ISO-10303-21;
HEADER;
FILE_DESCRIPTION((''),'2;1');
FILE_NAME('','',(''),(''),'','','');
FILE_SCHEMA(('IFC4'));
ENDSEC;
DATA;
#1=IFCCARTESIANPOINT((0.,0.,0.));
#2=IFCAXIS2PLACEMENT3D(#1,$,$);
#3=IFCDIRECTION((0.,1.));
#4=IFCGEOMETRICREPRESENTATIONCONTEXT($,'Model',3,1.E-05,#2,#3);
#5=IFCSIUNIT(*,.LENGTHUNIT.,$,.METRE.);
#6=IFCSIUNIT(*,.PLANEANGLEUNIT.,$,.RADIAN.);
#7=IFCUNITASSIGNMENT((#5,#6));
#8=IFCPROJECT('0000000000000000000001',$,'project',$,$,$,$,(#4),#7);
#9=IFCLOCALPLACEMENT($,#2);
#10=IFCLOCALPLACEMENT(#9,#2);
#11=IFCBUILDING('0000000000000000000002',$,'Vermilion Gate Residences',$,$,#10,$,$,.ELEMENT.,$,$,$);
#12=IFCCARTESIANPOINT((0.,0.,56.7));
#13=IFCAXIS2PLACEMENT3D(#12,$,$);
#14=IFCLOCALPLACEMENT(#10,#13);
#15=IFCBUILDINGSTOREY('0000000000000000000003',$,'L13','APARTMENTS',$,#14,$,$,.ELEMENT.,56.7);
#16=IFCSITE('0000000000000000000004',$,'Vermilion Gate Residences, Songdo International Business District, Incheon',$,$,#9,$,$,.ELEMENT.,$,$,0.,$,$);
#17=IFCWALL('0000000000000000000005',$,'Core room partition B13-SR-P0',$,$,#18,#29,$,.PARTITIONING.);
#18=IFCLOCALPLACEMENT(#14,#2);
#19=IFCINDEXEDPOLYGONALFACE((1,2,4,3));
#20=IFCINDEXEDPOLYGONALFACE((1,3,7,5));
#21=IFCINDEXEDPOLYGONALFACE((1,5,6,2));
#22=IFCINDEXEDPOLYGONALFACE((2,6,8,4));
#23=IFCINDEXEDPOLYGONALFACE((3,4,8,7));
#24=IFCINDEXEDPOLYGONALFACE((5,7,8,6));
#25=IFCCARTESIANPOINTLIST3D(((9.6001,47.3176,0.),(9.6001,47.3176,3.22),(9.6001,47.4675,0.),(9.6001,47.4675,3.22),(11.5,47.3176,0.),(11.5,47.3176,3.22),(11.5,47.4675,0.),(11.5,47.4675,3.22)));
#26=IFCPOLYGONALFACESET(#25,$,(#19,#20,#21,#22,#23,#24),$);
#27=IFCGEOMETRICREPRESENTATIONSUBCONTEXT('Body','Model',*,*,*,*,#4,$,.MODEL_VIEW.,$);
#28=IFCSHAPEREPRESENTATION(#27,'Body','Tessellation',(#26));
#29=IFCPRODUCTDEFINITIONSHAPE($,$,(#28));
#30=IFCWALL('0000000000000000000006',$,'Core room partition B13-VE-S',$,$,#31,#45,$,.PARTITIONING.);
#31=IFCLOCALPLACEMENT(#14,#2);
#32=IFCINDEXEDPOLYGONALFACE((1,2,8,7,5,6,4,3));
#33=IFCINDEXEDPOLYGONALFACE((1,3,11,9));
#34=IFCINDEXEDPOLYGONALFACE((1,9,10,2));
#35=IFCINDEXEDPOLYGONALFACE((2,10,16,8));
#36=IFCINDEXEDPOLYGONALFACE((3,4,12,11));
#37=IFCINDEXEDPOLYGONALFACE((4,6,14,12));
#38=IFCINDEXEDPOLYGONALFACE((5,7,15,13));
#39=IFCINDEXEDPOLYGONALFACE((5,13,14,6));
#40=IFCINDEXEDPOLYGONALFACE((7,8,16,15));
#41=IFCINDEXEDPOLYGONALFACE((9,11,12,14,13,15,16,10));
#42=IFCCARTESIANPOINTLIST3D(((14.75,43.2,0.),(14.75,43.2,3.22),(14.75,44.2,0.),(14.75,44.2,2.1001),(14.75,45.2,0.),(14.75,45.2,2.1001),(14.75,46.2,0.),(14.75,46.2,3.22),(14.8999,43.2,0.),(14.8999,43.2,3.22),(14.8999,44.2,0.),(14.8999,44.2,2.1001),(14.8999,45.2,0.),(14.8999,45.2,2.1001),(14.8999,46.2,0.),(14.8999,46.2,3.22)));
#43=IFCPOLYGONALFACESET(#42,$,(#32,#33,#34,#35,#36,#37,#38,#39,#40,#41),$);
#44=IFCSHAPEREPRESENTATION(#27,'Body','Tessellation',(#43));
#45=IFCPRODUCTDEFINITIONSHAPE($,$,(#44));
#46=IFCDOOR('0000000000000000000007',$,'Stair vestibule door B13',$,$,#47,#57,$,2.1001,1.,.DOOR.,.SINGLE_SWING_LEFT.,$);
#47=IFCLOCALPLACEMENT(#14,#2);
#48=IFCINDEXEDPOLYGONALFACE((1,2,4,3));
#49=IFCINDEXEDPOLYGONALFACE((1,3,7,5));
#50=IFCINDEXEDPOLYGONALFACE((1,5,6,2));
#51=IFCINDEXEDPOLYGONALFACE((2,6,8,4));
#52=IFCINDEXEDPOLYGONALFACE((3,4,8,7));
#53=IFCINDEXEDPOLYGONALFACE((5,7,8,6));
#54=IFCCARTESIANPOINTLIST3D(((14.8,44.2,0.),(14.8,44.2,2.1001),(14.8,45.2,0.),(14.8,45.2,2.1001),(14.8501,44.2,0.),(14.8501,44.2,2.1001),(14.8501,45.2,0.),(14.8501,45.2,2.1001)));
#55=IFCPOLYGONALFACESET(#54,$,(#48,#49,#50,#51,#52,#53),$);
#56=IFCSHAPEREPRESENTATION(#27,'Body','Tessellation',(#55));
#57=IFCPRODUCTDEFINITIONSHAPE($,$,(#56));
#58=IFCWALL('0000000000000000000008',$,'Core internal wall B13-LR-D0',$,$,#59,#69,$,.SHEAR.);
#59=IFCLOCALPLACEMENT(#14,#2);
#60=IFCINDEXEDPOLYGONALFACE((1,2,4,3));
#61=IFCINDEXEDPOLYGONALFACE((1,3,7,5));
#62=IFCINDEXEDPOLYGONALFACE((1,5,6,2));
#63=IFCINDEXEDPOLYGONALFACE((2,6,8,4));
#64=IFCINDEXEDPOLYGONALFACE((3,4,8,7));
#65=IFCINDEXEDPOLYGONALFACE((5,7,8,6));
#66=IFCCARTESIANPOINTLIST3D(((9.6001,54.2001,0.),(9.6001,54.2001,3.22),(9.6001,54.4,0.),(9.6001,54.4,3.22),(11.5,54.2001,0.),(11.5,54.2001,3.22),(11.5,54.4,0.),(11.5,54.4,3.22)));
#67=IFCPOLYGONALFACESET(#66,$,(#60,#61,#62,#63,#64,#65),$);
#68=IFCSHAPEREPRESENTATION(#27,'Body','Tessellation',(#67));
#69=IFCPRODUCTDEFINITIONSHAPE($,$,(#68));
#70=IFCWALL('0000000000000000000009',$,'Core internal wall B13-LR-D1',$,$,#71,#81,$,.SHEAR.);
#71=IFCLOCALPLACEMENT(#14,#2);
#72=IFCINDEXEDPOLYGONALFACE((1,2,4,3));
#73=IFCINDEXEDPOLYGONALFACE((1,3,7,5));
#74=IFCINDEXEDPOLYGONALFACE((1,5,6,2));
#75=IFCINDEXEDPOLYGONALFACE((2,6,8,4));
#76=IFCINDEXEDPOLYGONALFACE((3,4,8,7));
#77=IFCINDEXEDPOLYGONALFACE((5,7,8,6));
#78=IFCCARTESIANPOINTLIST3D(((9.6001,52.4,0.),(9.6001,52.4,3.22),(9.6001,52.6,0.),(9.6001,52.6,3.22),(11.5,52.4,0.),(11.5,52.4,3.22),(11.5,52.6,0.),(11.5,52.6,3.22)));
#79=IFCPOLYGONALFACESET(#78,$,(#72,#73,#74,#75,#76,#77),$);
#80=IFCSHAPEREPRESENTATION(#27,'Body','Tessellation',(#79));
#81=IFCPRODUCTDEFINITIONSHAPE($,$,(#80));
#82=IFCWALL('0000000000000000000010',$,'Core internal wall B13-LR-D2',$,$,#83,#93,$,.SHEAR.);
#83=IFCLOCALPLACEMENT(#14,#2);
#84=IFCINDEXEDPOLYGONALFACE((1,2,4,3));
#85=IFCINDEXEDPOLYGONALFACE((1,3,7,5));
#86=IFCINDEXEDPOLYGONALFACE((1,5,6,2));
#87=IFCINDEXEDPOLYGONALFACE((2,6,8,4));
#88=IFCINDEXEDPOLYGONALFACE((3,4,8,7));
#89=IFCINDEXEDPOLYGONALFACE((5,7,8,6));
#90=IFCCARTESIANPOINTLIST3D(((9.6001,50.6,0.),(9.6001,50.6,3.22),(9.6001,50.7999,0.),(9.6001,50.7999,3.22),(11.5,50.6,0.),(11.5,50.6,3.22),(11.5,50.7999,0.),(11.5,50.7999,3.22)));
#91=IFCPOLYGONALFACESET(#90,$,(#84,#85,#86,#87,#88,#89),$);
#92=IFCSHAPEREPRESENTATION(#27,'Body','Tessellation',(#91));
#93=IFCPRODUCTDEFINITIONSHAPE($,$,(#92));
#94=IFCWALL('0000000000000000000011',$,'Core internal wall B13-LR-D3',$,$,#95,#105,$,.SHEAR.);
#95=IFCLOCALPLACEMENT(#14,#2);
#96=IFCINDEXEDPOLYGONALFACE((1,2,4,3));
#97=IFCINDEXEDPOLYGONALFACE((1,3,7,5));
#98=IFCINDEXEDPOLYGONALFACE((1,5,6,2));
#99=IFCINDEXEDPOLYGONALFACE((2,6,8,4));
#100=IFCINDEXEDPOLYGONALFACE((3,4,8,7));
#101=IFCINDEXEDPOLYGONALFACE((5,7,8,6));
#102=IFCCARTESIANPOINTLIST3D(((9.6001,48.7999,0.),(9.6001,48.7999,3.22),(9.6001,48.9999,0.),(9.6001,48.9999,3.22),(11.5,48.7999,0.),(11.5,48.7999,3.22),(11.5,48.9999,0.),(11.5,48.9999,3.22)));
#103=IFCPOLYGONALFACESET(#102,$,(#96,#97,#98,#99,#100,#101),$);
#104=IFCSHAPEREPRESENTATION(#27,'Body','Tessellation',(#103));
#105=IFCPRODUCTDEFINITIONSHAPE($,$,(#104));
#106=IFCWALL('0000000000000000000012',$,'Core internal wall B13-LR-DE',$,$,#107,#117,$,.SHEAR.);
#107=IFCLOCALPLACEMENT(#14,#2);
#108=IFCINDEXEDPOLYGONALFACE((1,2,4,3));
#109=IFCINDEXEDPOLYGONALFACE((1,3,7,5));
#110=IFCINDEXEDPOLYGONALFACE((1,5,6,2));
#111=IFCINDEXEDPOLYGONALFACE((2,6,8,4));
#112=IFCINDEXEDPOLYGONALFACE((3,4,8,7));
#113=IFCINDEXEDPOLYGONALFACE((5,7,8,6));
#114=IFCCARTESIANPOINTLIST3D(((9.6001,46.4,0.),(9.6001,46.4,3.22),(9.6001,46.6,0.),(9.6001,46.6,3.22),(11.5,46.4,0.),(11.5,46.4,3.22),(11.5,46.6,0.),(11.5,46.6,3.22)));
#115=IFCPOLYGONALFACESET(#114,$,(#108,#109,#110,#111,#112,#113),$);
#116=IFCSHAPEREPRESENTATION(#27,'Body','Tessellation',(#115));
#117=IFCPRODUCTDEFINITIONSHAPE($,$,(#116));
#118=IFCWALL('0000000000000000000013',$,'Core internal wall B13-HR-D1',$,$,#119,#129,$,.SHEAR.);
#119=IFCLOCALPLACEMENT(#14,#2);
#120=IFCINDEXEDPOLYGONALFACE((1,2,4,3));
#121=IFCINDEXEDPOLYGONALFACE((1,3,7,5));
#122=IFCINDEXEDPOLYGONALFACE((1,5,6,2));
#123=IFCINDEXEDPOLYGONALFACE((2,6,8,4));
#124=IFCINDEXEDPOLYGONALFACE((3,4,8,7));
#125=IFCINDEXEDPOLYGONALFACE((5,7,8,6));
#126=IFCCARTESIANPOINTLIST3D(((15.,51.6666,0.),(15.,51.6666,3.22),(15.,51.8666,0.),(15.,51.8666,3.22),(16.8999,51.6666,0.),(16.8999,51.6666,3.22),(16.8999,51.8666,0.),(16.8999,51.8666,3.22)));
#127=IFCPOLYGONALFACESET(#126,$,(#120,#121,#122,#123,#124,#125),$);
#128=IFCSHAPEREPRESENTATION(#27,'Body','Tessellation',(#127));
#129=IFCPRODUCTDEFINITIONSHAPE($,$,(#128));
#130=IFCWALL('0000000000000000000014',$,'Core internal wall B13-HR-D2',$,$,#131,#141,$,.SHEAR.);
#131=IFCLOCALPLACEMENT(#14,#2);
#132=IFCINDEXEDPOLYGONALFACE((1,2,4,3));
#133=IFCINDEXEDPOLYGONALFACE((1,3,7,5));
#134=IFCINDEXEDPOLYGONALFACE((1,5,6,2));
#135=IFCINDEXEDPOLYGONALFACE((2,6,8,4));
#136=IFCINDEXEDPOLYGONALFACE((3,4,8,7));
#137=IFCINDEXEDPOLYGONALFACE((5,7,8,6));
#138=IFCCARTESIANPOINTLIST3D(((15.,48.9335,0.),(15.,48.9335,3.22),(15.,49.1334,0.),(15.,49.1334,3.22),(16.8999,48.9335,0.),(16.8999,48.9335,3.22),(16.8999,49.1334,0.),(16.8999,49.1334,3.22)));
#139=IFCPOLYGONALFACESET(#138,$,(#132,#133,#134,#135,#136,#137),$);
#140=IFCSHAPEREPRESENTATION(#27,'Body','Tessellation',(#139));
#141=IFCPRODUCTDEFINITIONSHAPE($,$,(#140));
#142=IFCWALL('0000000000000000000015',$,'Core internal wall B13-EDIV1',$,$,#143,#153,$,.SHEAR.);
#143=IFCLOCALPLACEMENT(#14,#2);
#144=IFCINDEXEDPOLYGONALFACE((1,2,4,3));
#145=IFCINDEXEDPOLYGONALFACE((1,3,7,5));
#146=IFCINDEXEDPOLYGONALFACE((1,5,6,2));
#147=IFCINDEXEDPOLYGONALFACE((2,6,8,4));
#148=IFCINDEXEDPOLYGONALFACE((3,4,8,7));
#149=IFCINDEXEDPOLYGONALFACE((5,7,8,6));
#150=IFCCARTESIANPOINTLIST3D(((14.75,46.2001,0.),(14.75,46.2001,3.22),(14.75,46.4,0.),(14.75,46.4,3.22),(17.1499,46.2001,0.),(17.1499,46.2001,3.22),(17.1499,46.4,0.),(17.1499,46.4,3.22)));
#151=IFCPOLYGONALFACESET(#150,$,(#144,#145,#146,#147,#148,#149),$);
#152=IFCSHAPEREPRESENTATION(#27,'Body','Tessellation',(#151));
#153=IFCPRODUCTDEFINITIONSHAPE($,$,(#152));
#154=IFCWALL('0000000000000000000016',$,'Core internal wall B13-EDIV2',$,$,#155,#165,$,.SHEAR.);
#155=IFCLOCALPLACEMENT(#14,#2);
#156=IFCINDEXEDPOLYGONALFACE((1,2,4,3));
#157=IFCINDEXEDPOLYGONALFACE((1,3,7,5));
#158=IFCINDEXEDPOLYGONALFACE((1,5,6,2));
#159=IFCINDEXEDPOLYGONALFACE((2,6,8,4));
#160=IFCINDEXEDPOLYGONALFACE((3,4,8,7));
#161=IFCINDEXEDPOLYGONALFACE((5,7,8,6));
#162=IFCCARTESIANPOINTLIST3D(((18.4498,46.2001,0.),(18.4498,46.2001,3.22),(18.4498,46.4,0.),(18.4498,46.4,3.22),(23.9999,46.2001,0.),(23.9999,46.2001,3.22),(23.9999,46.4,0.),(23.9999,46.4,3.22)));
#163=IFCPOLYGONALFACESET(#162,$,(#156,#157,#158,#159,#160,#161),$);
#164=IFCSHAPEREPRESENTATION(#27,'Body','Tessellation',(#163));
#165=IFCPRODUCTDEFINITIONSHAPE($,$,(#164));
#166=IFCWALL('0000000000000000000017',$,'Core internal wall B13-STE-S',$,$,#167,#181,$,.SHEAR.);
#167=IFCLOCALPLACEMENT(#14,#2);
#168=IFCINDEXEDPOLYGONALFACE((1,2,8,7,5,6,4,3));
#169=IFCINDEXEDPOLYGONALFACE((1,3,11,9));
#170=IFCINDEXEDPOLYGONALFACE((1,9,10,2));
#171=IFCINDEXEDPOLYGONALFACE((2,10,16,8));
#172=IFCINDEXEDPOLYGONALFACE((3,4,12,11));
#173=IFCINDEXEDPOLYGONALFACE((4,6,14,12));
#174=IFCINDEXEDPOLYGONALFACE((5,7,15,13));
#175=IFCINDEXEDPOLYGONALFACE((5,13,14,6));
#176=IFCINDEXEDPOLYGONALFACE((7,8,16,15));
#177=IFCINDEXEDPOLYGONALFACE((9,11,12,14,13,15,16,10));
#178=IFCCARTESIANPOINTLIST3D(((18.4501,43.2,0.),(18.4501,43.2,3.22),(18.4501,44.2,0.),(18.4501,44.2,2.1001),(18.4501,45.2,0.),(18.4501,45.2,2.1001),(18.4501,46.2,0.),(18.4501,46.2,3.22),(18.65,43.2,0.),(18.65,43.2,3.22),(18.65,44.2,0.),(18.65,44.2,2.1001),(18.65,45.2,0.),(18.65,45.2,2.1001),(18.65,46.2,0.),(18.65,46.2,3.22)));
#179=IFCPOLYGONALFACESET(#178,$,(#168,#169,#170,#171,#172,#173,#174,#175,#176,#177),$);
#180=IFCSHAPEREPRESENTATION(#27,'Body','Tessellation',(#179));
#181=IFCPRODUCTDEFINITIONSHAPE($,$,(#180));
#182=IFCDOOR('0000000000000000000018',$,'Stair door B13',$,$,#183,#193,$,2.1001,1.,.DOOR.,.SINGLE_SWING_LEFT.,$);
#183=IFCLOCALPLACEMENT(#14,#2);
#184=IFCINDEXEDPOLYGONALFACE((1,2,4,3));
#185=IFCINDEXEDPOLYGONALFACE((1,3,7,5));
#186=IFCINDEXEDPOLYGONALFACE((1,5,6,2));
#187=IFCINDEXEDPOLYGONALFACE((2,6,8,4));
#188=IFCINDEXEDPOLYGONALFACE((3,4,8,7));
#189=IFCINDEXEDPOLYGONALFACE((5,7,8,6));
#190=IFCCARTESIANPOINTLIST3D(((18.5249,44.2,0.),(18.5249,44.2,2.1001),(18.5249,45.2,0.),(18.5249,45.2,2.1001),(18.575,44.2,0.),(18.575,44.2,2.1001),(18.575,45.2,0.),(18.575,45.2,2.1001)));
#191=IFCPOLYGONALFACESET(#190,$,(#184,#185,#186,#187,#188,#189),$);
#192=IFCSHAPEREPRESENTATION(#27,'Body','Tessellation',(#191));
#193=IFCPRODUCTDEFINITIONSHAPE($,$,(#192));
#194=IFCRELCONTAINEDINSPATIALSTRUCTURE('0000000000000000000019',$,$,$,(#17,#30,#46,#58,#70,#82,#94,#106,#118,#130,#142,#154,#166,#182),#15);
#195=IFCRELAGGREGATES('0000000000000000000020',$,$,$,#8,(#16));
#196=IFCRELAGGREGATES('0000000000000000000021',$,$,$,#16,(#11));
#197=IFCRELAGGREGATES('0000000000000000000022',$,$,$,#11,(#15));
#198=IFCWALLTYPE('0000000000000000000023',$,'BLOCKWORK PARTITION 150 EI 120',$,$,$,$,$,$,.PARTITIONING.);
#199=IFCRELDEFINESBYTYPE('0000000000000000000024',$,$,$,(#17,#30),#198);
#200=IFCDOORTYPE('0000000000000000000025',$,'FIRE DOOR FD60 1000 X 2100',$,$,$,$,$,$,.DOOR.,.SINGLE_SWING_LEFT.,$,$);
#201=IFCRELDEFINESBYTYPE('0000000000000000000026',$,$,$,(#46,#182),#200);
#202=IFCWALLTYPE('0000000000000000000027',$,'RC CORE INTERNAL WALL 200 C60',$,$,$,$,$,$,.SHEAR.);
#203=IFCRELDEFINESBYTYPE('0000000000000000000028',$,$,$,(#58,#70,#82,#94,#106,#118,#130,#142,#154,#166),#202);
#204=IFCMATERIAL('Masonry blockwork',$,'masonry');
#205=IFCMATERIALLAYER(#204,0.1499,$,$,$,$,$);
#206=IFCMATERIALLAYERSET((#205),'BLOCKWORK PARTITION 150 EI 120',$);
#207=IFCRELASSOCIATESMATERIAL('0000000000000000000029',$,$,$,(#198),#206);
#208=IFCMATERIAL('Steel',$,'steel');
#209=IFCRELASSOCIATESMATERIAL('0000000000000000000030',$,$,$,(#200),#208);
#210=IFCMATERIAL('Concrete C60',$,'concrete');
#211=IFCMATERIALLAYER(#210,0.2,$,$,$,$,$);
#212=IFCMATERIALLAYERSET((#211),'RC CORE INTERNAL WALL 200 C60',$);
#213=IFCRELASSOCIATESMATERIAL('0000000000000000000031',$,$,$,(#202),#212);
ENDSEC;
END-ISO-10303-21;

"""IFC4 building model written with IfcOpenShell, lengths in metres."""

from ifc_helpers import new_model, si_unit, direction, frame, frame_2d, origin, place, context, subcontext, project, spatial, rectangle, extrude, material, layer, layer_set, type_object, element, fill, save


model = new_model("IFC4")

# Units and contexts
model_context = context("Model", 3, precision=1e-05, world=origin(), true_north=direction((0.0, 1.0)))
body_context = subcontext(model_context, "Body", "Model", "MODEL_VIEW")
ifc_project = project(units=[si_unit("LENGTHUNIT", "METRE"), si_unit("PLANEANGLEUNIT", "RADIAN")], contexts=[model_context])

# Site, building, storey
site_placement = place(None, origin())
site = spatial("IfcSite", under=ifc_project, at=site_placement, Name="Vermilion Gate Residences, Songdo International Business District, Incheon", CompositionType="ELEMENT", RefElevation=0.0)
building_placement = place(site_placement, origin())
building = spatial("IfcBuilding", under=site, at=building_placement, Name="Vermilion Gate Residences", CompositionType="ELEMENT")
storey_placement = place(building_placement, frame((0.0, 0.0, 56.7)))
storey = spatial("IfcBuildingStorey", under=building, at=storey_placement, Name="L13", Description="APARTMENTS", CompositionType="ELEMENT", Elevation=56.7)

# Wall
ifc_material_1 = material(Name="Masonry blockwork", Category="masonry")
ifc_layer_1 = layer(ifc_material_1, 0.1499)
ifc_layer_set_1 = layer_set([ifc_layer_1], Name="BLOCKWORK PARTITION 150 EI 120")
wall_type_1 = type_object("IfcWallType", Name="BLOCKWORK PARTITION 150 EI 120", PredefinedType="PARTITIONING", material=ifc_layer_set_1)
wall_1_placement = place(storey_placement, frame((9.6001, 47.3926, 0.0), z_axis=(0.0, 0.0, 1.0), x_axis=(1.0, 0.0, 0.0)))
element("IfcWall", 1, at=wall_1_placement, inside=storey, type_object=wall_type_1, Name="Core room partition B13-SR-P0", PredefinedType="PARTITIONING", context=body_context, shape_type="SweptSolid", body=[
    extrude(rectangle(XDim=1.8999, YDim=0.1499, at=frame_2d((0.95, 0.0))), origin(), (0.0, 0.0, 1.0), 3.22),
])

# Wall, opening, door
wall_2_placement = place(storey_placement, frame((14.825, 46.2, 0.0), z_axis=(0.0, 0.0, 1.0), x_axis=(0.0, -1.0, 0.0)))
wall_2 = element("IfcWall", 2, at=wall_2_placement, inside=storey, type_object=wall_type_1, Name="Core room partition B13-VE-S", PredefinedType="PARTITIONING", context=body_context, shape_type="SweptSolid", body=[
    extrude(rectangle(XDim=3.0, YDim=0.1499, at=frame_2d((1.5, 0.0))), origin(), (0.0, 0.0, 1.0), 3.22),
])
opening_1_placement = place(wall_2_placement, frame((1.0, 0.0, 0.0)))
opening_1 = element("IfcOpeningElement", 3, at=opening_1_placement, cuts=wall_2, PredefinedType="OPENING", context=body_context, shape_type="SweptSolid", body=[
    extrude(rectangle(XDim=1.0, YDim=2.1001, at=frame_2d((0.5, 1.05))), frame((0.0, 0.085, 0.0), z_axis=(0.0, -1.0, 0.0), x_axis=(1.0, 0.0, 0.0)), (0.0, 0.0, 1.0), 0.1699),
])
ifc_material_2 = material(Name="Steel", Category="steel")
door_type_1 = type_object("IfcDoorType", Name="FIRE DOOR FD60 1000 X 2100", OperationType="SINGLE_SWING_LEFT", PredefinedType="DOOR", material=ifc_material_2)
door_1_placement = place(opening_1_placement, frame((1.0, 0.0, 0.0), z_axis=(0.0, 0.0, 1.0), x_axis=(-1.0, 0.0, 0.0)))
door_1 = element("IfcDoor", 4, at=door_1_placement, inside=storey, type_object=door_type_1, Name="Stair vestibule door B13", OperationType="SINGLE_SWING_LEFT", OverallHeight=2.1001, OverallWidth=1.0, PredefinedType="DOOR", context=body_context, shape_type="SweptSolid", body=[
    extrude(rectangle(XDim=1.0, YDim=2.1001, at=frame_2d((0.5, 1.05))), frame((0.0, 0.0249, 0.0), z_axis=(0.0, -1.0, 0.0), x_axis=(1.0, 0.0, 0.0)), (0.0, 0.0, 1.0), 0.05),
])
fill(opening_1, door_1)

# Walls
ifc_material_3 = material(Name="Concrete C60", Category="concrete")
ifc_layer_2 = layer(ifc_material_3, 0.2)
ifc_layer_set_2 = layer_set([ifc_layer_2], Name="RC CORE INTERNAL WALL 200 C60")
wall_type_2 = type_object("IfcWallType", Name="RC CORE INTERNAL WALL 200 C60", PredefinedType="SHEAR", material=ifc_layer_set_2)
for number, where, z_axis, x_axis, name in (
    (5, (9.6001, 54.3, 0.0), (0.0, 0.0, 1.0), (1.0, 0.0, 0.0), "Core internal wall B13-LR-D0"),
    (6, (9.6001, 52.5, 0.0), (0.0, 0.0, 1.0), (1.0, 0.0, 0.0), "Core internal wall B13-LR-D1"),
    (7, (9.6001, 50.7, 0.0), (0.0, 0.0, 1.0), (1.0, 0.0, 0.0), "Core internal wall B13-LR-D2"),
    (8, (9.6001, 48.8999, 0.0), (0.0, 0.0, 1.0), (1.0, 0.0, 0.0), "Core internal wall B13-LR-D3"),
    (9, (9.6001, 46.5, 0.0), (0.0, 0.0, 1.0), (1.0, 0.0, 0.0), "Core internal wall B13-LR-DE"),
    (10, (15.0, 51.7666, 0.0), (0.0, 0.0, 1.0), (1.0, 0.0, 0.0), "Core internal wall B13-HR-D1"),
    (11, (15.0, 49.0334, 0.0), (0.0, 0.0, 1.0), (1.0, 0.0, 0.0), "Core internal wall B13-HR-D2"),
):
    element("IfcWall", number, at=place(storey_placement, frame(where, z_axis=z_axis, x_axis=x_axis)), inside=storey, type_object=wall_type_2, Name=name, PredefinedType="SHEAR", context=body_context, shape_type="SweptSolid", body=[
        extrude(rectangle(XDim=1.8999, YDim=0.2, at=frame_2d((0.95, 0.0))), origin(), (0.0, 0.0, 1.0), 3.22),
    ])
wall_3_placement = place(storey_placement, frame((14.75, 46.3, 0.0), z_axis=(0.0, 0.0, 1.0), x_axis=(1.0, 0.0, 0.0)))
element("IfcWall", 12, at=wall_3_placement, inside=storey, type_object=wall_type_2, Name="Core internal wall B13-EDIV1", PredefinedType="SHEAR", context=body_context, shape_type="SweptSolid", body=[
    extrude(rectangle(XDim=2.3999, YDim=0.2, at=frame_2d((1.2, 0.0))), origin(), (0.0, 0.0, 1.0), 3.22),
])
wall_4_placement = place(storey_placement, frame((18.45, 46.3, 0.0), z_axis=(0.0, 0.0, 1.0), x_axis=(1.0, 0.0, 0.0)))
element("IfcWall", 13, at=wall_4_placement, inside=storey, type_object=wall_type_2, Name="Core internal wall B13-EDIV2", PredefinedType="SHEAR", context=body_context, shape_type="SweptSolid", body=[
    extrude(rectangle(XDim=5.55, YDim=0.2, at=frame_2d((2.7749, 0.0))), origin(), (0.0, 0.0, 1.0), 3.22),
])

# Wall, opening, door
wall_5_placement = place(storey_placement, frame((18.55, 46.2, 0.0), z_axis=(0.0, 0.0, 1.0), x_axis=(0.0, -1.0, 0.0)))
wall_5 = element("IfcWall", 14, at=wall_5_placement, inside=storey, type_object=wall_type_2, Name="Core internal wall B13-STE-S", PredefinedType="SHEAR", context=body_context, shape_type="SweptSolid", body=[
    extrude(rectangle(XDim=3.0, YDim=0.2, at=frame_2d((1.5, 0.0))), origin(), (0.0, 0.0, 1.0), 3.22),
])
opening_2_placement = place(wall_5_placement, frame((1.0, 0.0, 0.0)))
opening_2 = element("IfcOpeningElement", 15, at=opening_2_placement, cuts=wall_5, PredefinedType="OPENING", context=body_context, shape_type="SweptSolid", body=[
    extrude(rectangle(XDim=1.0, YDim=2.1001, at=frame_2d((0.5, 1.05))), frame((0.0, 0.1099, 0.0), z_axis=(0.0, -1.0, 0.0), x_axis=(1.0, 0.0, 0.0)), (0.0, 0.0, 1.0), 0.22),
])
door_2_placement = place(opening_2_placement, origin())
door_2 = element("IfcDoor", 16, at=door_2_placement, inside=storey, type_object=door_type_1, Name="Stair door B13", OperationType="SINGLE_SWING_LEFT", OverallHeight=2.1001, OverallWidth=1.0, PredefinedType="DOOR", context=body_context, shape_type="SweptSolid", body=[
    extrude(rectangle(XDim=1.0, YDim=2.1001, at=frame_2d((0.5, 1.05))), frame((0.0, 0.0249, 0.0), z_axis=(0.0, -1.0, 0.0), x_axis=(1.0, 0.0, 0.0)), (0.0, 0.0, 1.0), 0.05),
])
fill(opening_2, door_2)

save(model, "model.ifc")
